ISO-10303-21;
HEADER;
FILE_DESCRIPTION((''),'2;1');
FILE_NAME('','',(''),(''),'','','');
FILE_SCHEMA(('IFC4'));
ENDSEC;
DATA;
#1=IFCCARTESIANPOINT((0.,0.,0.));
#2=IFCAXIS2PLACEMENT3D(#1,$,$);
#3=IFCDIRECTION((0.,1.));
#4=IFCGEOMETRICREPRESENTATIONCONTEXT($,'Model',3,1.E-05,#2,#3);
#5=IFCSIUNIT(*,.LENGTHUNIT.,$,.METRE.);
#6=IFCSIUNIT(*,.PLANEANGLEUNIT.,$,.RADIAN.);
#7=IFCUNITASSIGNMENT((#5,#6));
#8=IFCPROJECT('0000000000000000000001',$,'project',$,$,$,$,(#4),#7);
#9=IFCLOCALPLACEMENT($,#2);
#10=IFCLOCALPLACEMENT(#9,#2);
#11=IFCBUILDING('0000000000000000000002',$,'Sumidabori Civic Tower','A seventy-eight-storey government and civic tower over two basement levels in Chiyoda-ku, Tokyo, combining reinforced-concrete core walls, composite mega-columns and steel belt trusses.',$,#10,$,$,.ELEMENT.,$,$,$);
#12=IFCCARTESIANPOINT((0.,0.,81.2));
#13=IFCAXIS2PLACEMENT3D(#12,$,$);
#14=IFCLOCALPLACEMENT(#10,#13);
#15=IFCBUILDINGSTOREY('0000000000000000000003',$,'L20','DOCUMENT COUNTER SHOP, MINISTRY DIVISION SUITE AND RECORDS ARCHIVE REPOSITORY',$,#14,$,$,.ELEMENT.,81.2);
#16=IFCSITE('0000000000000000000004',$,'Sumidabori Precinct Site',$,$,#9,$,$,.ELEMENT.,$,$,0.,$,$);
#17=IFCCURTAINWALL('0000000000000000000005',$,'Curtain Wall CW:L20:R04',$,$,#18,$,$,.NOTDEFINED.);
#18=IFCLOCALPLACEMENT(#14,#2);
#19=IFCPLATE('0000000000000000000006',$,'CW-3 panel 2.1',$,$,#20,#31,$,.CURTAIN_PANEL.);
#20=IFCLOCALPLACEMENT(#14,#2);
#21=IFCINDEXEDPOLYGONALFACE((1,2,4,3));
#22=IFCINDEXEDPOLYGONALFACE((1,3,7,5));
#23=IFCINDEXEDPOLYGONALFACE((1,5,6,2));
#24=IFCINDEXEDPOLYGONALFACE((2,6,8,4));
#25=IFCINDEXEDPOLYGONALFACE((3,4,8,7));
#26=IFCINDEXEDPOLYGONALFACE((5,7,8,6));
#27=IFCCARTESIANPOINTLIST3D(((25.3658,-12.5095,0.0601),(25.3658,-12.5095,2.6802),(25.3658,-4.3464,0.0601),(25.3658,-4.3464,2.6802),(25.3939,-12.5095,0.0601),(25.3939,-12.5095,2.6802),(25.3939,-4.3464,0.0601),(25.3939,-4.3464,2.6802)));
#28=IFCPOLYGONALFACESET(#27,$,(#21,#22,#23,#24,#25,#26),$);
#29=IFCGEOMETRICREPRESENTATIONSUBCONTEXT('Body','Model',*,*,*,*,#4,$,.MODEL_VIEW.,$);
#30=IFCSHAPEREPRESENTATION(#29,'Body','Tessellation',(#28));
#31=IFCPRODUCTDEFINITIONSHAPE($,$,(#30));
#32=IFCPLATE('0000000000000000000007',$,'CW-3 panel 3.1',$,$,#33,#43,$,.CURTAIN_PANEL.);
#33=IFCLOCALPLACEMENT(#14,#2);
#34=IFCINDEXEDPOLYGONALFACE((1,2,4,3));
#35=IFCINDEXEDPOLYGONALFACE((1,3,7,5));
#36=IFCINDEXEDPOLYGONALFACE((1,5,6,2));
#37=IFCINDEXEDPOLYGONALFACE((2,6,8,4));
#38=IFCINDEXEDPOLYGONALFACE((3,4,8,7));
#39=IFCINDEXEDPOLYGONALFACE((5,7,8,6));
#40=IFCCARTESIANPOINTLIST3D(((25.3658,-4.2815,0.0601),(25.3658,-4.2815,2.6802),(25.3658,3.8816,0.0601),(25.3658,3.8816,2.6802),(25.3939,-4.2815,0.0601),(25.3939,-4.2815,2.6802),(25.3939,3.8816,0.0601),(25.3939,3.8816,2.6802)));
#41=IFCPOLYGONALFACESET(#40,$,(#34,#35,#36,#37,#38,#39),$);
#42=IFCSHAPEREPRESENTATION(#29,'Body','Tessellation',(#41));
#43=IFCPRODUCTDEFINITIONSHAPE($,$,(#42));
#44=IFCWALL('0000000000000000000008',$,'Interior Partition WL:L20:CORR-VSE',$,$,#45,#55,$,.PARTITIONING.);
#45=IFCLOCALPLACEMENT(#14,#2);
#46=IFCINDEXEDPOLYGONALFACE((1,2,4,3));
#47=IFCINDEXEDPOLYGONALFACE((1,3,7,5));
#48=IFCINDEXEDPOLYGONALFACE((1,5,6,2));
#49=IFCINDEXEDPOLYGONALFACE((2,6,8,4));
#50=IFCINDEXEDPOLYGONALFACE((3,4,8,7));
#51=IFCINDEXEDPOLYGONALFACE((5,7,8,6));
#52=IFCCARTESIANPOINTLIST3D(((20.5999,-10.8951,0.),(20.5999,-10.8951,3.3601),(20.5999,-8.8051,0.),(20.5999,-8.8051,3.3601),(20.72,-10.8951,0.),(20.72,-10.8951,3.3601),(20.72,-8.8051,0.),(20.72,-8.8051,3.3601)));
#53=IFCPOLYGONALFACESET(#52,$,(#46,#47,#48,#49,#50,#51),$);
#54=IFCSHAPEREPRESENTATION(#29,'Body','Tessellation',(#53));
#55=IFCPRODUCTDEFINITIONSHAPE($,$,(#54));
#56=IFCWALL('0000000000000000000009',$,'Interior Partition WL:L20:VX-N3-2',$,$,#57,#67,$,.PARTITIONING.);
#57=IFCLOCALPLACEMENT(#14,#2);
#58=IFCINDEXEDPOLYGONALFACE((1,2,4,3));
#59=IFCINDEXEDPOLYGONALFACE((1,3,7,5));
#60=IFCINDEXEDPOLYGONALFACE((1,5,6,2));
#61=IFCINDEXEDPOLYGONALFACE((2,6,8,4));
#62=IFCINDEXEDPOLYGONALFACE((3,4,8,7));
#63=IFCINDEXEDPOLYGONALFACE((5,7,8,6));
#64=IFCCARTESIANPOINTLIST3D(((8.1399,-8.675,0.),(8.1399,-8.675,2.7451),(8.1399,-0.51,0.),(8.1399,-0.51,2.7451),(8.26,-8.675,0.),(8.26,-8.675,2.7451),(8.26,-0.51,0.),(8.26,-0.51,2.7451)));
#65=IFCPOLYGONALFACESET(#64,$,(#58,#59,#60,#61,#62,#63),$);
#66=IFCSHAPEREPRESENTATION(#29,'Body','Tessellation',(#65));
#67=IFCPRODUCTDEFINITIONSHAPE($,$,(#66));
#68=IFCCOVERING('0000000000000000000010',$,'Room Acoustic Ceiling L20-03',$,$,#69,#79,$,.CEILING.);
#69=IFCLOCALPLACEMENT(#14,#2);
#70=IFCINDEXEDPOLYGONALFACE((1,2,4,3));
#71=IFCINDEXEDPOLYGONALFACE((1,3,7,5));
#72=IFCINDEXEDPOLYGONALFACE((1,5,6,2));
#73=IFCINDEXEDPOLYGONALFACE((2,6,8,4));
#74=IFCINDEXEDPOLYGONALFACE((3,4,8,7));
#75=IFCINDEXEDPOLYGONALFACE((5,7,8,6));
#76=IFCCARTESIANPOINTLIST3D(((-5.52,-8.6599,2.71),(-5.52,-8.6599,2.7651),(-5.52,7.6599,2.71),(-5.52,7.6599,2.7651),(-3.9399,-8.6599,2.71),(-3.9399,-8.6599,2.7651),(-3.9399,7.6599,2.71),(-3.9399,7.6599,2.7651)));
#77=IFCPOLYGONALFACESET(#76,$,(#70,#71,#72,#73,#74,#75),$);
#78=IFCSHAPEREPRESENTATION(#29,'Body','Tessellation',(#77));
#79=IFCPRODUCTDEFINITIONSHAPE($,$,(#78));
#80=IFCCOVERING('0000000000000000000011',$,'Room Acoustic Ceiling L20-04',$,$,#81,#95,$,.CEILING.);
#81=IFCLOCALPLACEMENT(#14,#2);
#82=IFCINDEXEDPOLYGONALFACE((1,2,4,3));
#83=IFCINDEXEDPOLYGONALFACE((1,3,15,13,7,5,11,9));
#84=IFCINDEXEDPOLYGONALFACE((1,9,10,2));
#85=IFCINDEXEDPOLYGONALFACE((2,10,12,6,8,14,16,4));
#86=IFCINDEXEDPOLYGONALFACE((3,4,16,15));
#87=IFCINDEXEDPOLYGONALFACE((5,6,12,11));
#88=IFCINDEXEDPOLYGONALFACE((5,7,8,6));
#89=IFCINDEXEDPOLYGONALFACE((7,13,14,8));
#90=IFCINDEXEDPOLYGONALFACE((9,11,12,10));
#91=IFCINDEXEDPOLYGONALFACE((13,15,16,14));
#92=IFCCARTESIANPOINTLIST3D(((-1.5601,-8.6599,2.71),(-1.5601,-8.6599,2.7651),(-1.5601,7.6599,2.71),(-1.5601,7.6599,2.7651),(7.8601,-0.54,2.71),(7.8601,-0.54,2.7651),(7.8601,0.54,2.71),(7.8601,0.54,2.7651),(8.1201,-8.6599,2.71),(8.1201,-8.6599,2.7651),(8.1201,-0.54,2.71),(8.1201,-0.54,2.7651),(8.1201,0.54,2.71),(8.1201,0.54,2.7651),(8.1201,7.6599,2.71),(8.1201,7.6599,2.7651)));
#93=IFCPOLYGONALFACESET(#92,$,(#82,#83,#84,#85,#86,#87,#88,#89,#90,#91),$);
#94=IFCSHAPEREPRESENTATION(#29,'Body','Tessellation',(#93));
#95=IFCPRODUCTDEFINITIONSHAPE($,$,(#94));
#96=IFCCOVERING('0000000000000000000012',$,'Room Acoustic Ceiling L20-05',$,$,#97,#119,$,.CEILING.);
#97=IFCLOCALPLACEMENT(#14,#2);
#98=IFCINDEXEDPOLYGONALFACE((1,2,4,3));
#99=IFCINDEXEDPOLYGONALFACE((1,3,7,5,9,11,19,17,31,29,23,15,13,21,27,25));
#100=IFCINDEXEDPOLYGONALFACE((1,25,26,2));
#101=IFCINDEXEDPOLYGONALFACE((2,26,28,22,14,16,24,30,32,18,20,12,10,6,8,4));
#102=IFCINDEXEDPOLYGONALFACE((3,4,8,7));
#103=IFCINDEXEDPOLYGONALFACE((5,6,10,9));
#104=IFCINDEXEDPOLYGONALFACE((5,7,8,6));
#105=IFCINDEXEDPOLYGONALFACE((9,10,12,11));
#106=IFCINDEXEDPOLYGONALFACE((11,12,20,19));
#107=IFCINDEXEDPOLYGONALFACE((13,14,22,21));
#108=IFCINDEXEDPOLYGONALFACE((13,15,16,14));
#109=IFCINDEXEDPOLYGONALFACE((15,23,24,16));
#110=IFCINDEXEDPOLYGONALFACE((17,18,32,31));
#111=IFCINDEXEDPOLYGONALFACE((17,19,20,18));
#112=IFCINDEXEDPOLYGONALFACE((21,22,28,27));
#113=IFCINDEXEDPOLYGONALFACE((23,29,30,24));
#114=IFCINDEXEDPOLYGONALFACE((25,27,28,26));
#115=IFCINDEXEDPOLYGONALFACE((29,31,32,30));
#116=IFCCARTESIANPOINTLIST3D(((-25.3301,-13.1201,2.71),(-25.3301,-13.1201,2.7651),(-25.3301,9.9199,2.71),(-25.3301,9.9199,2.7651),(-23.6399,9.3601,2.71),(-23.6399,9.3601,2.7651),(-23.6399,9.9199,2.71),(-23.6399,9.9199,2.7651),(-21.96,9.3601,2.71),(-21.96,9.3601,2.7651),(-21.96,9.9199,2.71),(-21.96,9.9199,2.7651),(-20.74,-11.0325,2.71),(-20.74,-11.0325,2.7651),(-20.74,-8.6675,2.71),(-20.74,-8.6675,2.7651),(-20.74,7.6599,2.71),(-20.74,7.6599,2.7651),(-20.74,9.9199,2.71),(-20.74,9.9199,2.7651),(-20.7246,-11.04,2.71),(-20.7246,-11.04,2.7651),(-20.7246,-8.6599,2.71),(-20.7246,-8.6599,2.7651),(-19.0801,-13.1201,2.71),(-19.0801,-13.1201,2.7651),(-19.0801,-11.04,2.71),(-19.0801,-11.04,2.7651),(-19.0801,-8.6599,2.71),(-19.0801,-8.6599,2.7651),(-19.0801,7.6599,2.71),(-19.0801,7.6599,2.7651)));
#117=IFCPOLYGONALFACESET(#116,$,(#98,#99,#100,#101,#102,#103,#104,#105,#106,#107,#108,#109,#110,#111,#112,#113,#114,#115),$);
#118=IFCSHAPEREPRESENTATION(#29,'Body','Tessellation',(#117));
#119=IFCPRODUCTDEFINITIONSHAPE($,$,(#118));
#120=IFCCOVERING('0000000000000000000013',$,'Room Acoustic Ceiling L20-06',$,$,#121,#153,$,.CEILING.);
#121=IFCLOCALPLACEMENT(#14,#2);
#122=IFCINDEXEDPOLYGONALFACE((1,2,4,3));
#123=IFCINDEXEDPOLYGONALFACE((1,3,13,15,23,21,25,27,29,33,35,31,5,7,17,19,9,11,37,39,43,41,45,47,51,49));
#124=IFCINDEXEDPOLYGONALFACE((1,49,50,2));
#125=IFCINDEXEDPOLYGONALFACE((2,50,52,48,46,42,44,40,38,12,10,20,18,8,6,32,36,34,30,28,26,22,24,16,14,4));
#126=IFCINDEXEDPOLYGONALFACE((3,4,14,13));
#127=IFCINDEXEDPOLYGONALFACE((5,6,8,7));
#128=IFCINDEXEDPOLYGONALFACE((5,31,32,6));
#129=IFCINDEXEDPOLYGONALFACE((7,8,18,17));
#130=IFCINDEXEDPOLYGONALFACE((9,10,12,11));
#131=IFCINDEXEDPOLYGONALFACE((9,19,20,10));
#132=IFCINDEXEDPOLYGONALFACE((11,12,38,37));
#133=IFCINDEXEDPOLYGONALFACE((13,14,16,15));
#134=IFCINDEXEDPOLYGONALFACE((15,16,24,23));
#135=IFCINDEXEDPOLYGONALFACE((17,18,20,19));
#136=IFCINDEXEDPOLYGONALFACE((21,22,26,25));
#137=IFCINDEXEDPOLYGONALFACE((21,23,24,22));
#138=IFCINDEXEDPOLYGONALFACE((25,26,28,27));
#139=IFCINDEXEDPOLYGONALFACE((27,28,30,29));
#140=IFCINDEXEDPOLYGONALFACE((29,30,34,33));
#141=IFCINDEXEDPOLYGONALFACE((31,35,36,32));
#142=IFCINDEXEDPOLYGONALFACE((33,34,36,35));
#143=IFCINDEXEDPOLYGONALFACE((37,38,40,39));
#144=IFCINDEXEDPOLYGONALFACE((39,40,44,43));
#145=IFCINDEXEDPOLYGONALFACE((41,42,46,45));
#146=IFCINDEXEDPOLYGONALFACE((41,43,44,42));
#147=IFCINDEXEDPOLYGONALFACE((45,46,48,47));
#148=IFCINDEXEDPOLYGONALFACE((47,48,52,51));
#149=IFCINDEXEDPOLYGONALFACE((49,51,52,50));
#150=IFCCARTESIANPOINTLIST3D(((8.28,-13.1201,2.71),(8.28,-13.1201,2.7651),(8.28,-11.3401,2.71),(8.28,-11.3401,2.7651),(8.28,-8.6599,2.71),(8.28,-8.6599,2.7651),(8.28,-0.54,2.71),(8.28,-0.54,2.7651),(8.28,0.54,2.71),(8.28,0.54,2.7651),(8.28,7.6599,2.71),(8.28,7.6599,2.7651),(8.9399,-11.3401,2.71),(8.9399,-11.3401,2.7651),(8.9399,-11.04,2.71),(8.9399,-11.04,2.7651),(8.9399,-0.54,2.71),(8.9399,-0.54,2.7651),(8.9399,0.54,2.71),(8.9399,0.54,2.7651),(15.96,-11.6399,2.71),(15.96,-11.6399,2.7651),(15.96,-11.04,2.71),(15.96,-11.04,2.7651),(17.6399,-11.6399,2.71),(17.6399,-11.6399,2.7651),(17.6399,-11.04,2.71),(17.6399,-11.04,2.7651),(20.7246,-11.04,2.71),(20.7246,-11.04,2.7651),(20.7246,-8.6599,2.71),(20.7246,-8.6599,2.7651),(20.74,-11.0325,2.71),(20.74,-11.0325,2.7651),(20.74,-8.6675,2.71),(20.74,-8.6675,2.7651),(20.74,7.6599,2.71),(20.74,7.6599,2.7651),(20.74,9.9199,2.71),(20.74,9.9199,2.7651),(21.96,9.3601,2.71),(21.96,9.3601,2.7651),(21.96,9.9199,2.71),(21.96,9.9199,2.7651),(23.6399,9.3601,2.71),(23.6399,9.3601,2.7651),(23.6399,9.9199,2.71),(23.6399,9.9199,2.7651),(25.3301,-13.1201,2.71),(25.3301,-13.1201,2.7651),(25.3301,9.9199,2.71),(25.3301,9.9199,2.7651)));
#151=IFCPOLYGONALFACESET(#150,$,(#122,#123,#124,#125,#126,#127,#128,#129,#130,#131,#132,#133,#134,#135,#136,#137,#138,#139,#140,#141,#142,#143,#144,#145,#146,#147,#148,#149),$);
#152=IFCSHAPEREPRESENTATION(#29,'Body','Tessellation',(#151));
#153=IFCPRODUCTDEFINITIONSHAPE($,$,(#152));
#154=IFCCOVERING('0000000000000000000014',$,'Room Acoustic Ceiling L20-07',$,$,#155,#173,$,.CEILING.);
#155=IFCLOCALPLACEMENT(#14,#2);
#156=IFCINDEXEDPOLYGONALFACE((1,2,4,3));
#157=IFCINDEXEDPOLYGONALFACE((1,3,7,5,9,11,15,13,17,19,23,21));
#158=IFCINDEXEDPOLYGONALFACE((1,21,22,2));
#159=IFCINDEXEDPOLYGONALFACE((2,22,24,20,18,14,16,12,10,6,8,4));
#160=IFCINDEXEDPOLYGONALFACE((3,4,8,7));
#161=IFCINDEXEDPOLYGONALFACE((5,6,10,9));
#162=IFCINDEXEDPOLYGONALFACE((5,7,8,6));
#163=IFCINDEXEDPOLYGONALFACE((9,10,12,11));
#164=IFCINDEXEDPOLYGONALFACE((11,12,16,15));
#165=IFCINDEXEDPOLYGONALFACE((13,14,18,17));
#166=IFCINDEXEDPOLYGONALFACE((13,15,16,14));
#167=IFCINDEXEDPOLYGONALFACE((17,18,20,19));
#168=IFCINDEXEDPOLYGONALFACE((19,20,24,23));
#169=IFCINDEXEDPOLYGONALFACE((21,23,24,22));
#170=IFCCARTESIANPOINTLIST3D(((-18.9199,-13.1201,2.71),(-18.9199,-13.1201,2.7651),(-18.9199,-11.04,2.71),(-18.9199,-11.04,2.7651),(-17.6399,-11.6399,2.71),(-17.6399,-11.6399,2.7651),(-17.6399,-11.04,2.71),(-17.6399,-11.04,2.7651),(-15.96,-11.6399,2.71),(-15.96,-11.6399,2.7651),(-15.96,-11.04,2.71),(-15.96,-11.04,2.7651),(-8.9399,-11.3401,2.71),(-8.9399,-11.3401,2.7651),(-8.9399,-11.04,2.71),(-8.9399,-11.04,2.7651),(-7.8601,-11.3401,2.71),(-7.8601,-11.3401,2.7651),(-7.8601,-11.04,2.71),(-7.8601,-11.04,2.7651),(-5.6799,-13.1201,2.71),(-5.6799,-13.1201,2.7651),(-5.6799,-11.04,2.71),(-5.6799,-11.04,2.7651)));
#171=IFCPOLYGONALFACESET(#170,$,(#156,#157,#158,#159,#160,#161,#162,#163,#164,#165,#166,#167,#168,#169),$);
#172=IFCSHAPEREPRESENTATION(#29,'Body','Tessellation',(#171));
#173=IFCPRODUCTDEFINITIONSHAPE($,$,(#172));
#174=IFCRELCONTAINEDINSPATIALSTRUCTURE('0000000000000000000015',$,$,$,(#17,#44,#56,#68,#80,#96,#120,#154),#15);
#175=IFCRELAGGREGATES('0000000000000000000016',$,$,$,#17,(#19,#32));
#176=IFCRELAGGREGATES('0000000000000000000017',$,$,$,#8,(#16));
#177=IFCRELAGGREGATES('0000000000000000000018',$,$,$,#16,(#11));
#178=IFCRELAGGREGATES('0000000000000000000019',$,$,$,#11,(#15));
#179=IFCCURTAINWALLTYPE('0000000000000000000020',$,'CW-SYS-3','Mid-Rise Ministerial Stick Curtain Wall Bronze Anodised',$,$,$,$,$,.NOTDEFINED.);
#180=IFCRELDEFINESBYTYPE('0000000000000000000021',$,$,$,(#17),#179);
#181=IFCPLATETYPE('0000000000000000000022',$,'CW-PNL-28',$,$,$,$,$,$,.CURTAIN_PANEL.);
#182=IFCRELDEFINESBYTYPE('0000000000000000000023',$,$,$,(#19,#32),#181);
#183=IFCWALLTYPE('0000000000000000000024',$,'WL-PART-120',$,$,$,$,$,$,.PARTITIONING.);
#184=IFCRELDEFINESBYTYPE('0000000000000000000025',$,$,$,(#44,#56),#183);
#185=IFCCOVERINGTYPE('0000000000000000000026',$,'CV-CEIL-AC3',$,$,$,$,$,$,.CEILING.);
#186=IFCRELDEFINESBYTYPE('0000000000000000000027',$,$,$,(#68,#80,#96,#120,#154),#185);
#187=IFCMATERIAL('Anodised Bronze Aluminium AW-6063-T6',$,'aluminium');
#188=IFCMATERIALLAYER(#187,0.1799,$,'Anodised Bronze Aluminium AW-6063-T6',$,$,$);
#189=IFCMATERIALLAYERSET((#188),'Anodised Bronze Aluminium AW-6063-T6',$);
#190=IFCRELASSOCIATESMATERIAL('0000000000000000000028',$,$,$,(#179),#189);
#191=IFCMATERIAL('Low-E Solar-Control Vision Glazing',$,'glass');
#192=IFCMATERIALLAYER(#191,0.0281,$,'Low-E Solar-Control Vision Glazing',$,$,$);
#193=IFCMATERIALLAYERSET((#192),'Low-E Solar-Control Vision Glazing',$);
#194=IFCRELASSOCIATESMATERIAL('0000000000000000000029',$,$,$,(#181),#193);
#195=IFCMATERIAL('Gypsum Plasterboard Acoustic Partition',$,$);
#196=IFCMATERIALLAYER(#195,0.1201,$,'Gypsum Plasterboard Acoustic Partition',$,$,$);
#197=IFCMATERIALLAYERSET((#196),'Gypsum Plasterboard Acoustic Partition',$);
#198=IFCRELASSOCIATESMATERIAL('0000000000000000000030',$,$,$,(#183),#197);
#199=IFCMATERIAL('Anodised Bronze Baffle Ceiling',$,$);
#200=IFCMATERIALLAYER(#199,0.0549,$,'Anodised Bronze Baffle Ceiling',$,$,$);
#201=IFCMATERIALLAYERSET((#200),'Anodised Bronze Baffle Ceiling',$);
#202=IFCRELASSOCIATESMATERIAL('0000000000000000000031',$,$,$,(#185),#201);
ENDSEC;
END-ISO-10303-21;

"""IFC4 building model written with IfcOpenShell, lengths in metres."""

from ifc_helpers import new_model, si_unit, direction, frame, frame_2d, origin, origin_2d, place, context, subcontext, project, spatial, polyline, rectangle, outline, extrude, source, transform, mapped, material, layer, layer_set, type_object, element, aggregate, save


model = new_model("IFC4")

# Units and contexts
model_context = context("Model", 3, precision=1e-05, world=origin(), true_north=direction((0.0, 1.0)))
body_context = subcontext(model_context, "Body", "Model", "MODEL_VIEW")
ifc_project = project(units=[si_unit("LENGTHUNIT", "METRE"), si_unit("PLANEANGLEUNIT", "RADIAN")], contexts=[model_context])

# Site, building, storey
site_placement = place(None, origin())
site = spatial("IfcSite", under=ifc_project, at=site_placement, Name="Sumidabori Precinct Site", CompositionType="ELEMENT", RefElevation=0.0)
building_placement = place(site_placement, origin())
building = spatial("IfcBuilding", under=site, at=building_placement, Name="Sumidabori Civic Tower", Description="A seventy-eight-storey government and civic tower over two basement levels in Chiyoda-ku, Tokyo, combining reinforced-concrete core walls, composite mega-columns and steel belt trusses.", CompositionType="ELEMENT")
storey_placement = place(building_placement, frame((0.0, 0.0, 81.2)))
storey = spatial("IfcBuildingStorey", under=building, at=storey_placement, Name="L20", Description="DOCUMENT COUNTER SHOP, MINISTRY DIVISION SUITE AND RECORDS ARCHIVE REPOSITORY", CompositionType="ELEMENT", Elevation=81.2)

# Curtain wall, plates
ifc_material_1 = material(Name="Anodised Bronze Aluminium AW-6063-T6", Category="aluminium")
ifc_layer_1 = layer(ifc_material_1, 0.1799, Name="Anodised Bronze Aluminium AW-6063-T6")
ifc_layer_set_1 = layer_set([ifc_layer_1], Name="Anodised Bronze Aluminium AW-6063-T6")
curtain_wall_type = type_object("IfcCurtainWallType", Name="CW-SYS-3", Description="Mid-Rise Ministerial Stick Curtain Wall Bronze Anodised", PredefinedType="NOTDEFINED", material=ifc_layer_set_1)
curtain_wall_placement = place(storey_placement, origin())
curtain_wall = element("IfcCurtainWall", 1, at=curtain_wall_placement, inside=storey, type_object=curtain_wall_type, Name="Curtain Wall CW:L20:R04", PredefinedType="NOTDEFINED")
ifc_material_2 = material(Name="Low-E Solar-Control Vision Glazing", Category="glass")
ifc_layer_2 = layer(ifc_material_2, 0.0281, Name="Low-E Solar-Control Vision Glazing")
ifc_layer_set_2 = layer_set([ifc_layer_2], Name="Low-E Solar-Control Vision Glazing")
plate_type = type_object("IfcPlateType", Name="CW-PNL-28", PredefinedType="CURTAIN_PANEL", material=ifc_layer_set_2)
shared_shape_1 = source(origin(), body_context, "Body", "SweptSolid", [
    extrude(rectangle(XDim=8.1631, YDim=0.0281, at=origin_2d()), origin(), (0.0, 0.0, 1.0), 2.6201),
])
plate_1_placement = place(storey_placement, frame((25.3799, -8.428, 0.0601), z_axis=(0.0, 0.0, 1.0), x_axis=(0.0, 1.0, 0.0)))
plate_1 = element("IfcPlate", 2, at=plate_1_placement, type_object=plate_type, Name="CW-3 panel 2.1", PredefinedType="CURTAIN_PANEL", context=body_context, shape_type="MappedRepresentation", body=[
    mapped(shared_shape_1, transform((0.0, 0.0, 0.0), x_axis=(1.0, 0.0, 0.0), y_axis=(0.0, 1.0, 0.0), z_axis=(0.0, 0.0, 1.0), scale=1.0)),
])
plate_2_placement = place(storey_placement, frame((25.3799, -0.2, 0.0601), z_axis=(0.0, 0.0, 1.0), x_axis=(0.0, 1.0, 0.0)))
plate_2 = element("IfcPlate", 3, at=plate_2_placement, type_object=plate_type, Name="CW-3 panel 3.1", PredefinedType="CURTAIN_PANEL", context=body_context, shape_type="MappedRepresentation", body=[
    mapped(shared_shape_1, transform((0.0, 0.0, 0.0), x_axis=(1.0, 0.0, 0.0), y_axis=(0.0, 1.0, 0.0), z_axis=(0.0, 0.0, 1.0), scale=1.0)),
])
aggregate(curtain_wall, [plate_1, plate_2])

# Walls
ifc_material_3 = material(Name="Gypsum Plasterboard Acoustic Partition")
ifc_layer_3 = layer(ifc_material_3, 0.1201, Name="Gypsum Plasterboard Acoustic Partition")
ifc_layer_set_3 = layer_set([ifc_layer_3], Name="Gypsum Plasterboard Acoustic Partition")
wall_type = type_object("IfcWallType", Name="WL-PART-120", PredefinedType="PARTITIONING", material=ifc_layer_set_3)
shared_shape_2 = source(origin(), body_context, "Body", "SweptSolid", [
    extrude(rectangle(XDim=2.0901, YDim=0.1201, at=frame_2d((1.0449, 0.0))), origin(), (0.0, 0.0, 1.0), 3.3601),
])
wall_1_placement = place(storey_placement, frame((20.6599, -10.895, 0.0), z_axis=(0.0, 0.0, 1.0), x_axis=(0.0, 1.0, 0.0)))
element("IfcWall", 4, at=wall_1_placement, inside=storey, type_object=wall_type, Name="Interior Partition WL:L20:CORR-VSE", PredefinedType="PARTITIONING", context=body_context, shape_type="MappedRepresentation", body=[
    mapped(shared_shape_2, transform((0.0, 0.0, 0.0), x_axis=(1.0, 0.0, 0.0), y_axis=(0.0, 1.0, 0.0), z_axis=(0.0, 0.0, 1.0), scale=1.0)),
])
shared_shape_3 = source(origin(), body_context, "Body", "SweptSolid", [
    extrude(rectangle(XDim=8.165, YDim=0.1201, at=frame_2d((4.0825, 0.0))), origin(), (0.0, 0.0, 1.0), 2.7451),
])
wall_2_placement = place(storey_placement, frame((8.2, -8.675, 0.0), z_axis=(0.0, 0.0, 1.0), x_axis=(0.0, 1.0, 0.0)))
element("IfcWall", 5, at=wall_2_placement, inside=storey, type_object=wall_type, Name="Interior Partition WL:L20:VX-N3-2", PredefinedType="PARTITIONING", context=body_context, shape_type="MappedRepresentation", body=[
    mapped(shared_shape_3, transform((0.0, 0.0, 0.0), x_axis=(1.0, 0.0, 0.0), y_axis=(0.0, 1.0, 0.0), z_axis=(0.0, 0.0, 1.0), scale=1.0)),
])

# Coverings
ifc_material_4 = material(Name="Anodised Bronze Baffle Ceiling")
ifc_layer_4 = layer(ifc_material_4, 0.0549, Name="Anodised Bronze Baffle Ceiling")
ifc_layer_set_4 = layer_set([ifc_layer_4], Name="Anodised Bronze Baffle Ceiling")
covering_type_1 = type_object("IfcCoveringType", Name="CV-CEIL-AC3", PredefinedType="CEILING", material=ifc_layer_set_4)
covering_1_placement = place(storey_placement, frame((0.0, 0.0, 2.71)))
element("IfcCovering", 6, at=covering_1_placement, inside=storey, type_object=covering_type_1, Name="Room Acoustic Ceiling L20-03", PredefinedType="CEILING", context=body_context, shape_type="SweptSolid", body=[
    extrude(outline(polyline([(-5.52, 7.6599), (-3.9399, 7.6599), (-3.9399, -8.6599), (-5.52, -8.6599), (-5.52, 7.6599)])), origin(), (0.0, 0.0, 1.0), 0.0552),
])
covering_2_placement = place(storey_placement, frame((0.0, 0.0, 2.71)))
element("IfcCovering", 7, at=covering_2_placement, inside=storey, type_object=covering_type_1, Name="Room Acoustic Ceiling L20-04", PredefinedType="CEILING", context=body_context, shape_type="SweptSolid", body=[
    extrude(outline(polyline([(-1.5601, -8.6599), (-1.5601, 7.6599), (8.1201, 7.6599), (8.1201, 0.54), (7.8601, 0.54), (7.8601, -0.54), (8.1201, -0.54), (8.1201, -8.6599), (-1.5601, -8.6599)])), origin(), (0.0, 0.0, 1.0), 0.0552),
])
covering_3_placement = place(storey_placement, frame((0.0, 0.0, 2.71)))
element("IfcCovering", 8, at=covering_3_placement, inside=storey, type_object=covering_type_1, Name="Room Acoustic Ceiling L20-05", PredefinedType="CEILING", context=body_context, shape_type="SweptSolid", body=[
    extrude(outline(polyline([(-25.3301, -13.1201), (-25.3301, 9.9199), (-23.6399, 9.9199), (-23.6399, 9.3601), (-21.96, 9.3601), (-21.96, 9.9199), (-20.74, 9.9199), (-20.74, 7.6599), (-19.0801, 7.6599), (-19.0801, -8.6599), (-20.7246, -8.6599), (-20.74, -8.6675), (-20.74, -11.0325), (-20.7246, -11.04), (-19.0801, -11.04), (-19.0801, -13.1201), (-25.3301, -13.1201)])), origin(), (0.0, 0.0, 1.0), 0.0552),
])
covering_4_placement = place(storey_placement, frame((0.0, 0.0, 2.71)))
element("IfcCovering", 9, at=covering_4_placement, inside=storey, type_object=covering_type_1, Name="Room Acoustic Ceiling L20-06", PredefinedType="CEILING", context=body_context, shape_type="SweptSolid", body=[
    extrude(outline(polyline([(8.28, -11.3401), (8.9399, -11.3401), (8.9399, -11.04), (15.96, -11.04), (15.96, -11.6399), (17.6399, -11.6399), (17.6399, -11.04), (20.7246, -11.04), (20.74, -11.0325), (20.74, -8.6675), (20.7246, -8.6599), (8.28, -8.6599), (8.28, -0.54), (8.9399, -0.54), (8.9399, 0.54), (8.28, 0.54), (8.28, 7.6599), (20.74, 7.6599), (20.74, 9.9199), (21.96, 9.9199), (21.96, 9.3601), (23.6399, 9.3601), (23.6399, 9.9199), (25.3301, 9.9199), (25.3301, -13.1201), (8.28, -13.1201), (8.28, -11.3401)])), origin(), (0.0, 0.0, 1.0), 0.0552),
])
covering_5_placement = place(storey_placement, frame((0.0, 0.0, 2.71)))
element("IfcCovering", 10, at=covering_5_placement, inside=storey, type_object=covering_type_1, Name="Room Acoustic Ceiling L20-07", PredefinedType="CEILING", context=body_context, shape_type="SweptSolid", body=[
    extrude(outline(polyline([(-17.6399, -11.04), (-17.6399, -11.6399), (-15.96, -11.6399), (-15.96, -11.04), (-8.9399, -11.04), (-8.9399, -11.3401), (-7.8601, -11.3401), (-7.8601, -11.04), (-5.6799, -11.04), (-5.6799, -13.1201), (-18.9199, -13.1201), (-18.9199, -11.04), (-17.6399, -11.04)])), origin(), (0.0, 0.0, 1.0), 0.0552),
])

save(model, "model.ifc")
